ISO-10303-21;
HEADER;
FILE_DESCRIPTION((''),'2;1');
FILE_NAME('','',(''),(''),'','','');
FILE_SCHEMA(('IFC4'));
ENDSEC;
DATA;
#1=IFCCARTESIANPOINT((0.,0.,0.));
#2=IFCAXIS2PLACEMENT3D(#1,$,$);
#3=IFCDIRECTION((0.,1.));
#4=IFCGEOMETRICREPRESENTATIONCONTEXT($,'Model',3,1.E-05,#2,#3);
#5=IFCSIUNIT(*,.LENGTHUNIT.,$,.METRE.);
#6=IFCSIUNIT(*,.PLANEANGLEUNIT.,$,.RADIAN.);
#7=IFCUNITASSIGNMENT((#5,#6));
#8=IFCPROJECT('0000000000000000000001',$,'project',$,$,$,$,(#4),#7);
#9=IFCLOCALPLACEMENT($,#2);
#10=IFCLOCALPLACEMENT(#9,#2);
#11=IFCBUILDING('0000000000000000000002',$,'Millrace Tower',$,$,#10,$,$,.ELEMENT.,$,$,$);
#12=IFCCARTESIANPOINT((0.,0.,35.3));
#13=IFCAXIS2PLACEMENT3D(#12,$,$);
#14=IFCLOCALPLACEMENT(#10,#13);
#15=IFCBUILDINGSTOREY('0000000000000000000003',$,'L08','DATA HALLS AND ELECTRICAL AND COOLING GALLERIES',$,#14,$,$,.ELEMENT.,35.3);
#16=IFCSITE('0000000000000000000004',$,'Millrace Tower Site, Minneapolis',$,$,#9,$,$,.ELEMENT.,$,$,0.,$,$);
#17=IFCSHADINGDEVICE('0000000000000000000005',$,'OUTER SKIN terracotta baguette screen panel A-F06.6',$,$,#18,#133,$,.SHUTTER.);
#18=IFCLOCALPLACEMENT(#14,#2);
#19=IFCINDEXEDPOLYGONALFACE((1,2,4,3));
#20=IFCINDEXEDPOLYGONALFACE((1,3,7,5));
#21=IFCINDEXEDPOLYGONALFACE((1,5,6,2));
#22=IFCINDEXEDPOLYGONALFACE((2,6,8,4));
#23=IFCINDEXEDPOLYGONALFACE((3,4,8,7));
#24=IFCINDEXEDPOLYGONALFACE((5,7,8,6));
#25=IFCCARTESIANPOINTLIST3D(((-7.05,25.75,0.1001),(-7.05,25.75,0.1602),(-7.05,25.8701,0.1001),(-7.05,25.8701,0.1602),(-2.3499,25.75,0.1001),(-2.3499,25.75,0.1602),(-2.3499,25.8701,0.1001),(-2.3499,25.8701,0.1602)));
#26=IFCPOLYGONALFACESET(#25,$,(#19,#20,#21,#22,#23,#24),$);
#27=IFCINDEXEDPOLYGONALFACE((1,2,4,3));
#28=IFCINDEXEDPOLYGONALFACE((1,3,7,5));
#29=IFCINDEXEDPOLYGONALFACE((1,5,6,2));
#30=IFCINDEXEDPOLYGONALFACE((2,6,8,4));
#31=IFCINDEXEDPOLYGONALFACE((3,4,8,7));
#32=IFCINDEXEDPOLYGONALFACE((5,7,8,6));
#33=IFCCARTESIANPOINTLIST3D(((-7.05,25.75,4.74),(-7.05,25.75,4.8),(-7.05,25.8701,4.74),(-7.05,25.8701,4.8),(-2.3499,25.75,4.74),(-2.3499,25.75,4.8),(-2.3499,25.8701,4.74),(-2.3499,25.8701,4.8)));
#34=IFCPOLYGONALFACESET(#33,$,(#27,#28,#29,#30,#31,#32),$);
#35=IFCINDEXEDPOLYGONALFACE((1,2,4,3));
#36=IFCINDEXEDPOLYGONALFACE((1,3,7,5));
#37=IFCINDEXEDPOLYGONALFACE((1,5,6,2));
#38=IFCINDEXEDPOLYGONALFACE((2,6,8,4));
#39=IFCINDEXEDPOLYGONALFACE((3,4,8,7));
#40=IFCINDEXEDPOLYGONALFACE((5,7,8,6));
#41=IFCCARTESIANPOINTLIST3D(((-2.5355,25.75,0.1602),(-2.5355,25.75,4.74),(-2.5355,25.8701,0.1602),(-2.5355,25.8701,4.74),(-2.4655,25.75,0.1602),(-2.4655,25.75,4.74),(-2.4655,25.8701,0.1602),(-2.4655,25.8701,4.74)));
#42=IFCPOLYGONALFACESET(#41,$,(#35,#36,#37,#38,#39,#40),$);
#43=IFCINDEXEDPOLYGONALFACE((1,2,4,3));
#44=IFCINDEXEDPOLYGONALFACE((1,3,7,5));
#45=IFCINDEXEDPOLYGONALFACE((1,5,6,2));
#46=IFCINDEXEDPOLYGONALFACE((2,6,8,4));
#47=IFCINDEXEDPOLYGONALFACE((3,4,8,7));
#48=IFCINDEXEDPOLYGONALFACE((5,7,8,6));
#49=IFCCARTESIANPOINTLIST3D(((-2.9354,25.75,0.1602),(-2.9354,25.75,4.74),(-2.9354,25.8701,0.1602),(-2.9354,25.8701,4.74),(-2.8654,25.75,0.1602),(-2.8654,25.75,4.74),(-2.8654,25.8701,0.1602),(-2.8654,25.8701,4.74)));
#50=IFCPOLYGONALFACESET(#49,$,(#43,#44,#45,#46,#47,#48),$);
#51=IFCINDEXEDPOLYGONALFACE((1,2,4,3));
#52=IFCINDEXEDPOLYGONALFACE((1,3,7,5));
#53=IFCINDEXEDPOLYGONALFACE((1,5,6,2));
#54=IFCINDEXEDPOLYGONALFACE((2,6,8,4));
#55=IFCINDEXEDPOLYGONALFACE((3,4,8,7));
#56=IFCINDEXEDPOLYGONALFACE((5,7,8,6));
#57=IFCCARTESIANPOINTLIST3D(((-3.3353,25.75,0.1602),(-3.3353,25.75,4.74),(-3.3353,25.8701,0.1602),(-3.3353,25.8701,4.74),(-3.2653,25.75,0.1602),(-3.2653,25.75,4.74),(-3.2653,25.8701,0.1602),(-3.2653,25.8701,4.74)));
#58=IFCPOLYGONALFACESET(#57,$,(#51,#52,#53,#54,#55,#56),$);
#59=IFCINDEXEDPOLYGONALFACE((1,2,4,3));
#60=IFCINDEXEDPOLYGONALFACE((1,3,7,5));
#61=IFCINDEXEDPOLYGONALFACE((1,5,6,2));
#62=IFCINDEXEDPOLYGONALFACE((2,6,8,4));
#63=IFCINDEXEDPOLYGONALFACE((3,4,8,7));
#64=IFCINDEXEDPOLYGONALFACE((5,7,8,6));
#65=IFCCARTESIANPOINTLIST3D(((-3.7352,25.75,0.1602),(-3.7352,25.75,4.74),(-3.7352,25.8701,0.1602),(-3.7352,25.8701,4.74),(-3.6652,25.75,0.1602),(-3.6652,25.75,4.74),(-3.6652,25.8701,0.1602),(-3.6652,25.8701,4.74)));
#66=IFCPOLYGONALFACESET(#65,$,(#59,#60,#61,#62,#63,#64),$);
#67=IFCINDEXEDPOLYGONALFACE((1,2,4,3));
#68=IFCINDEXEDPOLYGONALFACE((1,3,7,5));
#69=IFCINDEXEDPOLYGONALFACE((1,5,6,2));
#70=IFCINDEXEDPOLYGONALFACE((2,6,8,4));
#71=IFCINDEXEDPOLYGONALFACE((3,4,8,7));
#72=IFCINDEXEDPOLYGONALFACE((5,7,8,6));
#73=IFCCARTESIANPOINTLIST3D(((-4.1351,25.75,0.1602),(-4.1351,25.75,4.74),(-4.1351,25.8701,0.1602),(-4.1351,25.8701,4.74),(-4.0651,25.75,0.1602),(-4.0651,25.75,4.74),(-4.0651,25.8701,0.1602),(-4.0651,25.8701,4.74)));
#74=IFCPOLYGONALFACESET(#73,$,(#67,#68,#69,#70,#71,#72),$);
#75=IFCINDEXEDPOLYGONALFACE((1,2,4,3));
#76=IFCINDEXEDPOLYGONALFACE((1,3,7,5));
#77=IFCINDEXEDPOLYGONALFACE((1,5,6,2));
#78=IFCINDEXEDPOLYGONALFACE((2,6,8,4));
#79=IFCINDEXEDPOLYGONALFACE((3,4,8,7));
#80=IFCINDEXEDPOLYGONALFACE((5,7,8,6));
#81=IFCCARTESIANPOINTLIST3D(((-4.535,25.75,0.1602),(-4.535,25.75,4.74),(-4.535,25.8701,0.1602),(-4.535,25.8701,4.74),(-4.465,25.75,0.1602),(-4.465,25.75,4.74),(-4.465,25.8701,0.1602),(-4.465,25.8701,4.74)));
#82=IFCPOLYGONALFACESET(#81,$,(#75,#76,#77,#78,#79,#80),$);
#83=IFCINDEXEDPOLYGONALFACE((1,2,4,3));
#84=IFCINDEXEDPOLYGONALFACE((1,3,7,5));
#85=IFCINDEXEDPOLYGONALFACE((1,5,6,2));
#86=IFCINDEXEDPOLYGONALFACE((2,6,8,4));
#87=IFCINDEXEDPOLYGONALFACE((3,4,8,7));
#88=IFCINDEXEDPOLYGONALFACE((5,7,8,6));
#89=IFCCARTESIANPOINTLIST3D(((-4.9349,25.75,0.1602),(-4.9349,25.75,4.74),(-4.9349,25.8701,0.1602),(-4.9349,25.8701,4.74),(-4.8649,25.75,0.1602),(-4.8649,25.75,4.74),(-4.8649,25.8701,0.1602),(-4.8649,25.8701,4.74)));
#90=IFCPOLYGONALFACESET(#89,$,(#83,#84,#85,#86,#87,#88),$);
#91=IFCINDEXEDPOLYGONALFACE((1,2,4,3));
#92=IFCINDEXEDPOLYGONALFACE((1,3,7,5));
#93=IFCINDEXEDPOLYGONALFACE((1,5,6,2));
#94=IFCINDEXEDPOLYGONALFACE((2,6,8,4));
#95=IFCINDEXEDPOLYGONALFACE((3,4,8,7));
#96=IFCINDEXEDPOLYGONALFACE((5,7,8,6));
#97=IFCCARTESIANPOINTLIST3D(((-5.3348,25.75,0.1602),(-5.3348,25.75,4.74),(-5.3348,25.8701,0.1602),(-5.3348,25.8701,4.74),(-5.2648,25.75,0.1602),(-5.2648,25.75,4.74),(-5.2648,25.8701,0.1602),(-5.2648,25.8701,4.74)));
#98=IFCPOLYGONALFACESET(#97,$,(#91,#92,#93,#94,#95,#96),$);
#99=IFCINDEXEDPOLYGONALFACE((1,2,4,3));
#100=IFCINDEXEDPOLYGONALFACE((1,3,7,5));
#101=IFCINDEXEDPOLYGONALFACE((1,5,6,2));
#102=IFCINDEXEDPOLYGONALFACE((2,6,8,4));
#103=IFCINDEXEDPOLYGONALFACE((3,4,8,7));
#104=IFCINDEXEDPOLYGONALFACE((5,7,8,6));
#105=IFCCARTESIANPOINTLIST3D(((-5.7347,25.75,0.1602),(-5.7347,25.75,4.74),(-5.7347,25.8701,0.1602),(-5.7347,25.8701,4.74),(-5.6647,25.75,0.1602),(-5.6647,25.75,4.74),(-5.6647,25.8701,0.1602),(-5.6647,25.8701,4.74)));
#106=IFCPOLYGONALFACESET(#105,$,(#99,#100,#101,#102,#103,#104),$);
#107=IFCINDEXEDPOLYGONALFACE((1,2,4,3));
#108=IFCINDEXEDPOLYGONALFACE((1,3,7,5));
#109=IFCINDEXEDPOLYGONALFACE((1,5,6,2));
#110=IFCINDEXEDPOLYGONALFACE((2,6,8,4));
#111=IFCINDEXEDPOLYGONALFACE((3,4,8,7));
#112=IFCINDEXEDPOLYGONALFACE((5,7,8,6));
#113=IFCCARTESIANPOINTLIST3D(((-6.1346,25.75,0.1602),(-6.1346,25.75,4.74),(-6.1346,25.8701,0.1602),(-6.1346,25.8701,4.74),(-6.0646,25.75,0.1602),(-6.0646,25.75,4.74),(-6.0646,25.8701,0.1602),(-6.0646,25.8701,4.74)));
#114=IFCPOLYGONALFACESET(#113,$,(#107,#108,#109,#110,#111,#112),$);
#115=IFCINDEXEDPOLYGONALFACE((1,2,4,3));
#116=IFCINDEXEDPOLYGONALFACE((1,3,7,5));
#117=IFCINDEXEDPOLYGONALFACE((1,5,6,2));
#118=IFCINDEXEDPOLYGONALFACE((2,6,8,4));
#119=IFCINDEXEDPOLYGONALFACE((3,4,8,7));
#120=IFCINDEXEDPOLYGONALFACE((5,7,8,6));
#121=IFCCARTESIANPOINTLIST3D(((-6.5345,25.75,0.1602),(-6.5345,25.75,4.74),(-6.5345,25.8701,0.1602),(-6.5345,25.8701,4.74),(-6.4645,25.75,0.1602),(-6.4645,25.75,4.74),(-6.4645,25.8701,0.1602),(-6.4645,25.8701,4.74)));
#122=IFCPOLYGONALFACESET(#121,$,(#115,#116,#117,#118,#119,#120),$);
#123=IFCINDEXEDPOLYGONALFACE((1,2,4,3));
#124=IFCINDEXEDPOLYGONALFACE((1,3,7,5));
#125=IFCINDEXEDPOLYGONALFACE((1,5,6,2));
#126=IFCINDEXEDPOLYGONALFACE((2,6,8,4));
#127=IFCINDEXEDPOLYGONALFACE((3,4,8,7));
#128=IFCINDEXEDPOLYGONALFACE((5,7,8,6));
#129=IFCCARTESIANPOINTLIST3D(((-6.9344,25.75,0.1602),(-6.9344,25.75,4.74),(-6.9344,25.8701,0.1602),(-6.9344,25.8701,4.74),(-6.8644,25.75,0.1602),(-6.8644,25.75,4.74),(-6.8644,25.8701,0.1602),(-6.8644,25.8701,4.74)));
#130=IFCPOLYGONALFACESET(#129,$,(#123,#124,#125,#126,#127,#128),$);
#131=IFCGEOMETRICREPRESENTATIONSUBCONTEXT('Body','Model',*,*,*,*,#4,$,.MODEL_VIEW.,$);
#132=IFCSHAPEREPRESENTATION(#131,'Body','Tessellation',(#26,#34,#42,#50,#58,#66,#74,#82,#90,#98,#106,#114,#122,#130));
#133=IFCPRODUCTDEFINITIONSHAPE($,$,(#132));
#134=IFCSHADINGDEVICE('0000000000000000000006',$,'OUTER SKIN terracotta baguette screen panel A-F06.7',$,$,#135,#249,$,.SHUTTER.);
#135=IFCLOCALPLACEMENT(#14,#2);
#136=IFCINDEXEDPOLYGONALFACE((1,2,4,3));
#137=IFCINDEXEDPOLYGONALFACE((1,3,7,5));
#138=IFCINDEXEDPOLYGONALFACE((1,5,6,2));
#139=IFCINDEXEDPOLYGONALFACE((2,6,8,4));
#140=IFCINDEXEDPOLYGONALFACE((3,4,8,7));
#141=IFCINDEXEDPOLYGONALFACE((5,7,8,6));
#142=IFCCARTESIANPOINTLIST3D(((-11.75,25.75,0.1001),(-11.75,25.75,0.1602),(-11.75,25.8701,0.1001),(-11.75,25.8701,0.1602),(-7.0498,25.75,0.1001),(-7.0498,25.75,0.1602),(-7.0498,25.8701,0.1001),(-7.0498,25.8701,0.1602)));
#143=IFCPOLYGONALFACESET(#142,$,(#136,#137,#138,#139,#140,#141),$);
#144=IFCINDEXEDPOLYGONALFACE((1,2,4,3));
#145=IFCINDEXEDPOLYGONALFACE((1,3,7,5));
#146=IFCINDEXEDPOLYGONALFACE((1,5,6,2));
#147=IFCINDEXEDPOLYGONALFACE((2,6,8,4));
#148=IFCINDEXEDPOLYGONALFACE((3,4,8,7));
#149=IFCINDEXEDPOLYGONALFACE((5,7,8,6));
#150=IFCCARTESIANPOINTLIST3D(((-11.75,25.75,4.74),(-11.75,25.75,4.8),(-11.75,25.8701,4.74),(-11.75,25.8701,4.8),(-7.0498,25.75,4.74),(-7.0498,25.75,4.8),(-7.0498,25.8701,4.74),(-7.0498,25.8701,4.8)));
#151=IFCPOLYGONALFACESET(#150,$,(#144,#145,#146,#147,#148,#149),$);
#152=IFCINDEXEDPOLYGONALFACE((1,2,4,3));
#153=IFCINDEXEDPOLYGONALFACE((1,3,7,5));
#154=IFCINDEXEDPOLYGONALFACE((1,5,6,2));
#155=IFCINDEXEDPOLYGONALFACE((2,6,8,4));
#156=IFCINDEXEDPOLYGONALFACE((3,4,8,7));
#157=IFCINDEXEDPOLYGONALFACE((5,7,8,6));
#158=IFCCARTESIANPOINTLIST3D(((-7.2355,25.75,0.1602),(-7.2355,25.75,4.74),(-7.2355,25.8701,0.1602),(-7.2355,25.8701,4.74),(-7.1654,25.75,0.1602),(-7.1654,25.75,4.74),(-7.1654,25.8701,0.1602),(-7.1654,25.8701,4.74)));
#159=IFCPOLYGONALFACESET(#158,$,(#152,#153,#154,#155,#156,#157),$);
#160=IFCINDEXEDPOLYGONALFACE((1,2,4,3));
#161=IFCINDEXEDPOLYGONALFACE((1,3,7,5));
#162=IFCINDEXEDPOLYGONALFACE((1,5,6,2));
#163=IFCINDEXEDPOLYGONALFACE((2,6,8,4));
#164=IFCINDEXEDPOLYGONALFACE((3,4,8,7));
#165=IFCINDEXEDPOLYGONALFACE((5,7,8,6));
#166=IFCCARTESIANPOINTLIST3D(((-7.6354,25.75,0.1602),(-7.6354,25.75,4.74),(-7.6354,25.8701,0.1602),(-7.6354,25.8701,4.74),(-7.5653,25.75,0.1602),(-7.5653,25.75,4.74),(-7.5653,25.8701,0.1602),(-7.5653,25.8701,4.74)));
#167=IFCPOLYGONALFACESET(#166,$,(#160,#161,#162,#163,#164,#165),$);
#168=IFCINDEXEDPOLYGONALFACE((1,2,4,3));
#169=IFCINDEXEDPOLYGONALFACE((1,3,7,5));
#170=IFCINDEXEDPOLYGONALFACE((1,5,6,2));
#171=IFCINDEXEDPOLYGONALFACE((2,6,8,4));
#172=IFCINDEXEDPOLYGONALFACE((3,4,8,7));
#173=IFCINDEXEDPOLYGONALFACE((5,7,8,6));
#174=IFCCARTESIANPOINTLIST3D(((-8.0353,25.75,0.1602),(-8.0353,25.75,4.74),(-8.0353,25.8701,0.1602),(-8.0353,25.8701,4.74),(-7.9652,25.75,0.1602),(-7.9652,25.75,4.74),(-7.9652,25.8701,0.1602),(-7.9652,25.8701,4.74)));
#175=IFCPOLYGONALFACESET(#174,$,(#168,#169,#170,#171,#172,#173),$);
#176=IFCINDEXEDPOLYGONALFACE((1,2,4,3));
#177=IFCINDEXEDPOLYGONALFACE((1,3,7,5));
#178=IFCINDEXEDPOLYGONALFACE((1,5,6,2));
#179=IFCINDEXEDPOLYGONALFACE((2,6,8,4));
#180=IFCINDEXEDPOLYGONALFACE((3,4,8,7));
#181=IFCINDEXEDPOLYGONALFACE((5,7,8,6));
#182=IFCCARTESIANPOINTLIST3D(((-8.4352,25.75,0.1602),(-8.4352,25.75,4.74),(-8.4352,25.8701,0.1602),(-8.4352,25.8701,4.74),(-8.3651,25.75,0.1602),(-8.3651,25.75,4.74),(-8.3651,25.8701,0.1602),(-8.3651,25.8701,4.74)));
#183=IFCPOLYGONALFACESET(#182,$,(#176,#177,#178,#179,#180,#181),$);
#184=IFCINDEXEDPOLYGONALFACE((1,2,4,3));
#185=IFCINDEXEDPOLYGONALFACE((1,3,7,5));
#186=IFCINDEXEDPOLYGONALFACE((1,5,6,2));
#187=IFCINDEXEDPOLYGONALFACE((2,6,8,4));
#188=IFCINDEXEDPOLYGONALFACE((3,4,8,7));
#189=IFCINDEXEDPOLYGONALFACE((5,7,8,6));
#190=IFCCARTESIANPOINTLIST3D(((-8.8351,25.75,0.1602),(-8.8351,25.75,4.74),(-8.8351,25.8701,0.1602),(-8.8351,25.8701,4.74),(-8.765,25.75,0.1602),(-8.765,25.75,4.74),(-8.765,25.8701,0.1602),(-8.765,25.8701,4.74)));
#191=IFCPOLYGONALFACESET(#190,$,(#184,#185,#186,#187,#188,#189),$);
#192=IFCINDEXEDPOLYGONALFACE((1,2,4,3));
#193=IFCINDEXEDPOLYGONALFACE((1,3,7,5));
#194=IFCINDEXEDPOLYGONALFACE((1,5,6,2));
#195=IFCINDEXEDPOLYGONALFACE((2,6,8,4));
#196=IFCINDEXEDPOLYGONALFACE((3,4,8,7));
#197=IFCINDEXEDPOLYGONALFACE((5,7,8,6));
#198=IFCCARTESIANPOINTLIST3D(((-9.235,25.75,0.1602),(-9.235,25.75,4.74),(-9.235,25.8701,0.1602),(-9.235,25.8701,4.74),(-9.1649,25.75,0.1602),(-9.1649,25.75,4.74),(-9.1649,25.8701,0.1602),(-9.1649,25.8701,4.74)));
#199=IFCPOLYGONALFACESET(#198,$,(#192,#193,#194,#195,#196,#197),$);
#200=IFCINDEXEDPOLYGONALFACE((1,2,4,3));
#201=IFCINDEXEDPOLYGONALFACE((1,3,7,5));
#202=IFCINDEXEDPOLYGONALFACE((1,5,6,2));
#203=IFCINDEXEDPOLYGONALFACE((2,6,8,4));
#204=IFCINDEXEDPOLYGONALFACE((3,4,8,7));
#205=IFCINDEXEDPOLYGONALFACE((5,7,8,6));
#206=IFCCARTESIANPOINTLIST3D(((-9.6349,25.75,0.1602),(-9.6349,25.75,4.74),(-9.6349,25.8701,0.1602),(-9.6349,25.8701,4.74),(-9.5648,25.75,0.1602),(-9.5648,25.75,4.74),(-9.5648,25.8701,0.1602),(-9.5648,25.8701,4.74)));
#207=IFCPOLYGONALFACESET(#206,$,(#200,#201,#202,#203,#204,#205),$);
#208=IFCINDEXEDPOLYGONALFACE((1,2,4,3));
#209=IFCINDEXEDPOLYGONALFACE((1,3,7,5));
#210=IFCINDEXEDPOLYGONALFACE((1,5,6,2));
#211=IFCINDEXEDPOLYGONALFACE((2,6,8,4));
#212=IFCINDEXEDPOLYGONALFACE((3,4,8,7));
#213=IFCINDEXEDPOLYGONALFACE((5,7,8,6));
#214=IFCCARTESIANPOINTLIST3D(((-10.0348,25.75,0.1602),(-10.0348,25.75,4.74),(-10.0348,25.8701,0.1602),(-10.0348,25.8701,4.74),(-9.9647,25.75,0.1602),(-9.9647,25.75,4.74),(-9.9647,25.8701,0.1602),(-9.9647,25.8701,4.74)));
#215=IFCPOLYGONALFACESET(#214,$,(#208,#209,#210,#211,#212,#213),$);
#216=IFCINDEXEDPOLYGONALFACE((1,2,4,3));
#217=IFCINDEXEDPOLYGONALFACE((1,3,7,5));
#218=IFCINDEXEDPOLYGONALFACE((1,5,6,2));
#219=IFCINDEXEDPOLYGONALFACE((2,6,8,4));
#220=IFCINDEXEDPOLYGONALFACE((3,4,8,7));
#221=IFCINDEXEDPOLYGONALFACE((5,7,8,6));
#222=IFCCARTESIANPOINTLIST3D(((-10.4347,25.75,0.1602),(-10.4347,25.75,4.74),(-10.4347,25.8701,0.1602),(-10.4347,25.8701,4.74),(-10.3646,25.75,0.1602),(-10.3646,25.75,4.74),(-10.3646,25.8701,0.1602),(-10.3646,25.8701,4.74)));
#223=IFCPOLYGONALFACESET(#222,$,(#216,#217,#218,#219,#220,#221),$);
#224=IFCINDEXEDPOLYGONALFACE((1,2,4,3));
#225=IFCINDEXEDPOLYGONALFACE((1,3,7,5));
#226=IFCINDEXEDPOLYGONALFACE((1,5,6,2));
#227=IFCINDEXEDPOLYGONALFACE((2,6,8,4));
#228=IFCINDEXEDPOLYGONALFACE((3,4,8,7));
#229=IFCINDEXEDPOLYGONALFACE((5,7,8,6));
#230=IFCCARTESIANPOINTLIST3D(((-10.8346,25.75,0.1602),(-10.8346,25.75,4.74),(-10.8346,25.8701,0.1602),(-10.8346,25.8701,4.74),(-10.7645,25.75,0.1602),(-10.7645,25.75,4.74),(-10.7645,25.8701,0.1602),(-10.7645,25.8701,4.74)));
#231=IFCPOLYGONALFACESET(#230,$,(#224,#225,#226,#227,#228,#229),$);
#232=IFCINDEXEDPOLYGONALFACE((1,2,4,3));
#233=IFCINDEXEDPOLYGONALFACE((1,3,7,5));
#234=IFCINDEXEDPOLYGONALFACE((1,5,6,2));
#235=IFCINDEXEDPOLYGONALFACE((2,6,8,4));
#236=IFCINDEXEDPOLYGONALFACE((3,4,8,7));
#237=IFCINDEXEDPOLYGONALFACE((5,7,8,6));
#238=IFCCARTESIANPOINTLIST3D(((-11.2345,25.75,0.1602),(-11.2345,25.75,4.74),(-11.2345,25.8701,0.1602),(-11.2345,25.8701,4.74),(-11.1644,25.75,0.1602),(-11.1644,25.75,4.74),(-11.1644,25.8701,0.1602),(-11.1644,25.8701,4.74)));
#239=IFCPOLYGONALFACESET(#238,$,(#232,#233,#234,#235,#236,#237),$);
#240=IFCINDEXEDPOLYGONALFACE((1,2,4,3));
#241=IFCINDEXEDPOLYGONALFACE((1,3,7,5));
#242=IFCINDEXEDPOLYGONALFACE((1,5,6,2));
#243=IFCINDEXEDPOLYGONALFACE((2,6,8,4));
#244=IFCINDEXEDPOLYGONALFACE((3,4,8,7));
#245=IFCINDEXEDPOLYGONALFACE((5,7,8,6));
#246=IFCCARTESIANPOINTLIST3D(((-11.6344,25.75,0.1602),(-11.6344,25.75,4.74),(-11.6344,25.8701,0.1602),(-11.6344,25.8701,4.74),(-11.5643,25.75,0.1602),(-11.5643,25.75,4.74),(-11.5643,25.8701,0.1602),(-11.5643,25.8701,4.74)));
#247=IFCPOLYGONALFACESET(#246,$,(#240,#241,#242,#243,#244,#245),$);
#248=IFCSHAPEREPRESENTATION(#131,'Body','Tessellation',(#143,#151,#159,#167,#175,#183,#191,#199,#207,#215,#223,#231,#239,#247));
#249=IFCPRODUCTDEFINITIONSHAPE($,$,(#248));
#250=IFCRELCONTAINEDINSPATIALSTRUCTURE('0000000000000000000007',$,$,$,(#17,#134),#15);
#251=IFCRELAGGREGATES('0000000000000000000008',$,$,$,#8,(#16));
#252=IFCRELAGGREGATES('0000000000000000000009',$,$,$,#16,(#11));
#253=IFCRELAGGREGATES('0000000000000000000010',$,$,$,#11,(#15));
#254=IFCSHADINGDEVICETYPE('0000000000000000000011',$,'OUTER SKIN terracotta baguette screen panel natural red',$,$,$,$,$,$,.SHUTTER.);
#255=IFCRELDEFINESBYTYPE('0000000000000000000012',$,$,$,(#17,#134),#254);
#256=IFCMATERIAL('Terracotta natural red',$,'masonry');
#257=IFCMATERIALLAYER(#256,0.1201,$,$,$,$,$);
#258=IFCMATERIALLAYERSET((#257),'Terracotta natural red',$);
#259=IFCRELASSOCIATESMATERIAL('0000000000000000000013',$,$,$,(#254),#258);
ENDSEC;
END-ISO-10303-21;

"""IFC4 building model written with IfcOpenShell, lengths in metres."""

from ifc_helpers import new_model, entity, si_unit, direction, frame, frame_2d, origin, place, context, subcontext, project, spatial, rectangle, extrude, source, transform, mapped, material, layer, layer_set, type_object, element, save


model = new_model("IFC4")

# Units and contexts
model_context = context("Model", 3, precision=1e-05, world=origin(), true_north=direction((0.0, 1.0)))
body_context = subcontext(model_context, "Body", "Model", "MODEL_VIEW")
ifc_project = project(units=[si_unit("LENGTHUNIT", "METRE"), si_unit("PLANEANGLEUNIT", "RADIAN")], contexts=[model_context])

# Site, building, storey
site_placement = place(None, origin())
site = spatial("IfcSite", under=ifc_project, at=site_placement, Name="Millrace Tower Site, Minneapolis", CompositionType="ELEMENT", RefElevation=0.0)
building_placement = place(site_placement, origin())
building = spatial("IfcBuilding", under=site, at=building_placement, Name="Millrace Tower", CompositionType="ELEMENT")
storey_placement = place(building_placement, frame((0.0, 0.0, 35.3)))
storey = spatial("IfcBuildingStorey", under=building, at=storey_placement, Name="L08", Description="DATA HALLS AND ELECTRICAL AND COOLING GALLERIES", CompositionType="ELEMENT", Elevation=35.3)

# Shading devices
ifc_material_1 = material(Name="Terracotta natural red", Category="masonry")
ifc_layer_1 = layer(ifc_material_1, 0.1201)
ifc_layer_set_1 = layer_set([ifc_layer_1], Name="Terracotta natural red")
shading_device_type = type_object("IfcShadingDeviceType", Name="OUTER SKIN terracotta baguette screen panel natural red", PredefinedType="SHUTTER", material=ifc_layer_set_1)
cartesian_point = entity("IfcCartesianPoint", [-2.3501, 0.0601])
shared_polyline = entity("IfcPolyline", [cartesian_point, entity("IfcCartesianPoint", [2.3501, 0.0601]), entity("IfcCartesianPoint", [2.3501, -0.0601]), entity("IfcCartesianPoint", [-2.3501, -0.0601]), cartesian_point])
shared_shape = source(origin(), body_context, "Body", "SweptSolid", [
    entity("IfcExtrudedAreaSolid", entity("IfcArbitraryClosedProfileDef", "AREA", None, shared_polyline), entity("IfcAxis2Placement3D", entity("IfcCartesianPoint", [0.0, 0.0, 0.0])), entity("IfcDirection", [0.0, 0.0, 1.0]), 0.0601),
    entity("IfcExtrudedAreaSolid", entity("IfcArbitraryClosedProfileDef", "AREA", None, shared_polyline), entity("IfcAxis2Placement3D", entity("IfcCartesianPoint", [0.0, 0.0, 4.6399])), entity("IfcDirection", [0.0, 0.0, 1.0]), 0.0601),
    extrude(rectangle(XDim=0.0701, YDim=0.1201, at=frame_2d((-2.1995, 0.0))), frame((0.0, 0.0, 0.0601)), (0.0, 0.0, 1.0), 4.5798),
    extrude(rectangle(XDim=0.0701, YDim=0.1201, at=frame_2d((-1.7996, 0.0))), frame((0.0, 0.0, 0.0601)), (0.0, 0.0, 1.0), 4.5798),
    extrude(rectangle(XDim=0.0701, YDim=0.1201, at=frame_2d((-1.3997, 0.0))), frame((0.0, 0.0, 0.0601)), (0.0, 0.0, 1.0), 4.5798),
    extrude(rectangle(XDim=0.0701, YDim=0.1201, at=frame_2d((-0.9998, 0.0))), frame((0.0, 0.0, 0.0601)), (0.0, 0.0, 1.0), 4.5798),
    extrude(rectangle(XDim=0.0701, YDim=0.1201, at=frame_2d((-0.5999, 0.0))), frame((0.0, 0.0, 0.0601)), (0.0, 0.0, 1.0), 4.5798),
    extrude(rectangle(XDim=0.0701, YDim=0.1201, at=frame_2d((-0.2, 0.0))), frame((0.0, 0.0, 0.0601)), (0.0, 0.0, 1.0), 4.5798),
    extrude(rectangle(XDim=0.0701, YDim=0.1201, at=frame_2d((0.2, 0.0))), frame((0.0, 0.0, 0.0601)), (0.0, 0.0, 1.0), 4.5798),
    extrude(rectangle(XDim=0.0701, YDim=0.1201, at=frame_2d((0.5999, 0.0))), frame((0.0, 0.0, 0.0601)), (0.0, 0.0, 1.0), 4.5798),
    extrude(rectangle(XDim=0.0701, YDim=0.1201, at=frame_2d((0.9998, 0.0))), frame((0.0, 0.0, 0.0601)), (0.0, 0.0, 1.0), 4.5798),
    extrude(rectangle(XDim=0.0701, YDim=0.1201, at=frame_2d((1.3997, 0.0))), frame((0.0, 0.0, 0.0601)), (0.0, 0.0, 1.0), 4.5798),
    extrude(rectangle(XDim=0.0701, YDim=0.1201, at=frame_2d((1.7996, 0.0))), frame((0.0, 0.0, 0.0601)), (0.0, 0.0, 1.0), 4.5798),
    extrude(rectangle(XDim=0.0701, YDim=0.1201, at=frame_2d((2.1995, 0.0))), frame((0.0, 0.0, 0.0601)), (0.0, 0.0, 1.0), 4.5798),
])
for number, where, z_axis, x_axis, name in (
    (1, (-4.7, 25.8101, 0.1001), (0.0, 0.0, 1.0), (-1.0, 0.0, 0.0), "OUTER SKIN terracotta baguette screen panel A-F06.6"),
    (2, (-9.3999, 25.8101, 0.1001), (0.0, 0.0, 1.0), (-1.0, 0.0, 0.0), "OUTER SKIN terracotta baguette screen panel A-F06.7"),
):
    element("IfcShadingDevice", number, at=place(storey_placement, frame(where, z_axis=z_axis, x_axis=x_axis)), inside=storey, type_object=shading_device_type, Name=name, PredefinedType="SHUTTER", context=body_context, shape_type="MappedRepresentation", body=[
        mapped(shared_shape, transform((0.0, 0.0, 0.0), scale=1.0)),
    ])

save(model, "model.ifc")
